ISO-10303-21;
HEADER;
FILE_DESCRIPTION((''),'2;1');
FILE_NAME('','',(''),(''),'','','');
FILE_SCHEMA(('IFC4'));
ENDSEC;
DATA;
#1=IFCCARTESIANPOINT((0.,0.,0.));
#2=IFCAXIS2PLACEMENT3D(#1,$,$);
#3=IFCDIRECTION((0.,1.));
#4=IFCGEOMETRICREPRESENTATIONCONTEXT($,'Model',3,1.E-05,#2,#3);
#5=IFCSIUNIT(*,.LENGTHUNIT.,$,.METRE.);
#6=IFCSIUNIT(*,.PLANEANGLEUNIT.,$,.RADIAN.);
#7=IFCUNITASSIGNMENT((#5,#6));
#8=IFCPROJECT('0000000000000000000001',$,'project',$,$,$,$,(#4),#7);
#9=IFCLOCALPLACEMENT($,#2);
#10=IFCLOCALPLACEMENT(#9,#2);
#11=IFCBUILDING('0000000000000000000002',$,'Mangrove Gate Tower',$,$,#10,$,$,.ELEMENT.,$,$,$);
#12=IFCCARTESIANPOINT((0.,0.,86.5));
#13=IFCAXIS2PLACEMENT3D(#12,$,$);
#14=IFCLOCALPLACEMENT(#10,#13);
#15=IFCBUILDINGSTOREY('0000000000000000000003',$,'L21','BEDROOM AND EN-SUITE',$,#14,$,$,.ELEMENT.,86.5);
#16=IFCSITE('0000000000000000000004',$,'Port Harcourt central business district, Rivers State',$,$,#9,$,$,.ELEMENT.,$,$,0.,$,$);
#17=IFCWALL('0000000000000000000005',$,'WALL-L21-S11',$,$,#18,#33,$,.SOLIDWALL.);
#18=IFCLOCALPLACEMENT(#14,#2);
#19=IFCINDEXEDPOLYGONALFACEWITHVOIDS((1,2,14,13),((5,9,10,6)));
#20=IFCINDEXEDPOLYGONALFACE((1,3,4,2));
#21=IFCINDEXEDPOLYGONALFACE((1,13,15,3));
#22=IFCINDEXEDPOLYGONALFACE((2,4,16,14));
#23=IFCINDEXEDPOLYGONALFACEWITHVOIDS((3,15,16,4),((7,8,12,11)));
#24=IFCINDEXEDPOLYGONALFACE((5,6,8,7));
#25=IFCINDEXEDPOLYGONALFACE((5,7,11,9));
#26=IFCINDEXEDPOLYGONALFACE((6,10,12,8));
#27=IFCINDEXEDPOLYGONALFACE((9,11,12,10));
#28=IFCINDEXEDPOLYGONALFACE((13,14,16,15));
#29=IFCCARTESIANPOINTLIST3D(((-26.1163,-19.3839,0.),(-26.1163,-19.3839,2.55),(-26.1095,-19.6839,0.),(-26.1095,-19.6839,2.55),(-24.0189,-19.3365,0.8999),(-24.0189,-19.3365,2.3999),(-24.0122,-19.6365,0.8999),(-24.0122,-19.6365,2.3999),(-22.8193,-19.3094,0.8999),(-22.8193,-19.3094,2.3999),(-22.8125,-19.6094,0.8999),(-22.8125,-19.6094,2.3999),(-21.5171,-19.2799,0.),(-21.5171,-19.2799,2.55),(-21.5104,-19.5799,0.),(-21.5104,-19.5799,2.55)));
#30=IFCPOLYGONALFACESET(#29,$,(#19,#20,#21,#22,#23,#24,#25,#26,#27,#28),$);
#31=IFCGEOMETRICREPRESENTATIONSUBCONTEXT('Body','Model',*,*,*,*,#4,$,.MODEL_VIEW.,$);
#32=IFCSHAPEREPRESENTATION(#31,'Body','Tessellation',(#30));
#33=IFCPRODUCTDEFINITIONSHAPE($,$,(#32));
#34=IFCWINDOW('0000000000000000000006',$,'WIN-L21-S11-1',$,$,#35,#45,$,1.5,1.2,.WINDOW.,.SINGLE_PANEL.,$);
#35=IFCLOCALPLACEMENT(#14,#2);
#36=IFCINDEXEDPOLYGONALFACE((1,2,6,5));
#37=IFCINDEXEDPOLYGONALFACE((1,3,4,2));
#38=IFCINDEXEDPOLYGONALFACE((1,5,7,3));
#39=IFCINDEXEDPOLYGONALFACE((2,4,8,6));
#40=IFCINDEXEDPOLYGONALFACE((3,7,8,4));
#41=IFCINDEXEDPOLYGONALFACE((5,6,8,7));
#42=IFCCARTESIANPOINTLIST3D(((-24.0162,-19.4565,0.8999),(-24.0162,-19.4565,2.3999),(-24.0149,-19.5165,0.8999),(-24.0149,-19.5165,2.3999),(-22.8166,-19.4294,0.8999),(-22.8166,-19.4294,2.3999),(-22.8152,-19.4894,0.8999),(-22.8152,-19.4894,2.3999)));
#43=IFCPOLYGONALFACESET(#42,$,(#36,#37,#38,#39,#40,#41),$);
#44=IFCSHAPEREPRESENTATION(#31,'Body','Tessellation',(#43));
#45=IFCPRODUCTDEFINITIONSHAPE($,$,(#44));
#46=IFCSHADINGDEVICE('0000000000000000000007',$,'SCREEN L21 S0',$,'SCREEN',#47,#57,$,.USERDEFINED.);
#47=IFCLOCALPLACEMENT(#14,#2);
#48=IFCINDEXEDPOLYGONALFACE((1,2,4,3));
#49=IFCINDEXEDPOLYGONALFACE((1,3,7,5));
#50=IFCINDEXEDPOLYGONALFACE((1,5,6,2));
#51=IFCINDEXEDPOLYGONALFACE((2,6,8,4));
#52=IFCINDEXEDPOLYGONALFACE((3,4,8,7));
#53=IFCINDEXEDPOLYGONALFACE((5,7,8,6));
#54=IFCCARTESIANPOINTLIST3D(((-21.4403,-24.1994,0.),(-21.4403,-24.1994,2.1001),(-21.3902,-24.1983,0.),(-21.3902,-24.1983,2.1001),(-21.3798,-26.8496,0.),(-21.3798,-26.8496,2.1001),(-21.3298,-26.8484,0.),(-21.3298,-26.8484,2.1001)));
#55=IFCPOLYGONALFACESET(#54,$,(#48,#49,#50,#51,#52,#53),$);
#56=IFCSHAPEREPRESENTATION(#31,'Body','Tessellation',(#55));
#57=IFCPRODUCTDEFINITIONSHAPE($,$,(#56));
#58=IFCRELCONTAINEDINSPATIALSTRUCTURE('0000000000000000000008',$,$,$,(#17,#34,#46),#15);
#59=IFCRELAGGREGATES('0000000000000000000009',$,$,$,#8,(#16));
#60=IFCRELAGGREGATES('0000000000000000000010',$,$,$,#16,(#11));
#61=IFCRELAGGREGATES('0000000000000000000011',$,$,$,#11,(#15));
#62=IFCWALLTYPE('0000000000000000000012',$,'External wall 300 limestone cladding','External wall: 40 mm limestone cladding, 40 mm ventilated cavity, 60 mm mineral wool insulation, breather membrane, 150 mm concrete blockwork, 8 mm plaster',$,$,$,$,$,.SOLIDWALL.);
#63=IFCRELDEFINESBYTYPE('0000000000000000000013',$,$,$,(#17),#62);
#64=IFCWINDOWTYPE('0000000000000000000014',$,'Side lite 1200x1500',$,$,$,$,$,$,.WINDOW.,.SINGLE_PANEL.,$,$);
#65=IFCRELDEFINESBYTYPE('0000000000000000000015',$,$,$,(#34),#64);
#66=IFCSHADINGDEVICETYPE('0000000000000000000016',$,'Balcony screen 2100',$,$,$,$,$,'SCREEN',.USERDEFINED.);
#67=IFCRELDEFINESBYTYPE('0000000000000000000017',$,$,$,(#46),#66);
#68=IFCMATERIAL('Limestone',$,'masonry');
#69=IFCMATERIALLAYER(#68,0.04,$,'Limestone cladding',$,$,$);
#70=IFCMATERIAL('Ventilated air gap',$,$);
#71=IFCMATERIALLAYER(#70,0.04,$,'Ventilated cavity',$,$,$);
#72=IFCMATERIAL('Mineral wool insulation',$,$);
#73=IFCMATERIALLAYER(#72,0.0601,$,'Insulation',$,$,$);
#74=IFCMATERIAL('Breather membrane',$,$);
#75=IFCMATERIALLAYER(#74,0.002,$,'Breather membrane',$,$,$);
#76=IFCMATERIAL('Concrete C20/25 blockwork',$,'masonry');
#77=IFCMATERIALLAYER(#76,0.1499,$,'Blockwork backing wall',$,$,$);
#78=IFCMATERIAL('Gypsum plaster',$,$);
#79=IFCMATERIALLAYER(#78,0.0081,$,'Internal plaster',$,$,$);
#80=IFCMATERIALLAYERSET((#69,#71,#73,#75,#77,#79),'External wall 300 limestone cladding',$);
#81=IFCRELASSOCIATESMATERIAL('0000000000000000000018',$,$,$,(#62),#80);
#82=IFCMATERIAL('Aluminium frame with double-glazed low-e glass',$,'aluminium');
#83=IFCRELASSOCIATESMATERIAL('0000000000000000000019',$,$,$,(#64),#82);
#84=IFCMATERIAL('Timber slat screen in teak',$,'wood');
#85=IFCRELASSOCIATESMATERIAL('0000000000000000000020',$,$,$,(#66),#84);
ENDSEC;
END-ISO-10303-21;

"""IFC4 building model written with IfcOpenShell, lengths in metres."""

from ifc_helpers import new_model, si_unit, direction, frame, frame_2d, origin, origin_2d, place, context, subcontext, project, spatial, rectangle, extrude, material, layer, layer_set, type_object, element, fill, save


model = new_model("IFC4")

# Units and contexts
model_context = context("Model", 3, precision=1e-05, world=origin(), true_north=direction((0.0, 1.0)))
body_context = subcontext(model_context, "Body", "Model", "MODEL_VIEW")
ifc_project = project(units=[si_unit("LENGTHUNIT", "METRE"), si_unit("PLANEANGLEUNIT", "RADIAN")], contexts=[model_context])

# Site, building, storey
site_placement = place(None, origin())
site = spatial("IfcSite", under=ifc_project, at=site_placement, Name="Port Harcourt central business district, Rivers State", CompositionType="ELEMENT", RefElevation=0.0)
building_placement = place(site_placement, origin())
building = spatial("IfcBuilding", under=site, at=building_placement, Name="Mangrove Gate Tower", CompositionType="ELEMENT")
storey_placement = place(building_placement, frame((0.0, 0.0, 86.5)))
storey = spatial("IfcBuildingStorey", under=building, at=storey_placement, Name="L21", Description="BEDROOM AND EN-SUITE", CompositionType="ELEMENT", Elevation=86.5)

# Wall, opening, window
ifc_material_1 = material(Name="Limestone", Category="masonry")
ifc_layer_1 = layer(ifc_material_1, 0.04, Name="Limestone cladding")
ifc_material_2 = material(Name="Ventilated air gap")
ifc_layer_2 = layer(ifc_material_2, 0.04, Name="Ventilated cavity")
ifc_material_3 = material(Name="Mineral wool insulation")
ifc_layer_3 = layer(ifc_material_3, 0.0601, Name="Insulation")
ifc_material_4 = material(Name="Breather membrane")
ifc_layer_4 = layer(ifc_material_4, 0.002, Name="Breather membrane")
ifc_material_5 = material(Name="Concrete C20/25 blockwork", Category="masonry")
ifc_layer_5 = layer(ifc_material_5, 0.1499, Name="Blockwork backing wall")
ifc_material_6 = material(Name="Gypsum plaster")
ifc_layer_6 = layer(ifc_material_6, 0.0081, Name="Internal plaster")
ifc_layer_set = layer_set([ifc_layer_1, ifc_layer_2, ifc_layer_3, ifc_layer_4, ifc_layer_5, ifc_layer_6], Name="External wall 300 limestone cladding")
wall_type = type_object("IfcWallType", Name="External wall 300 limestone cladding", Description="External wall: 40 mm limestone cladding, 40 mm ventilated cavity, 60 mm mineral wool insulation, breather membrane, 150 mm concrete blockwork, 8 mm plaster", PredefinedType="SOLIDWALL", material=ifc_layer_set)
wall_1_placement = place(storey_placement, frame((-26.113, -19.5339, 0.0), z_axis=(0.0, 0.0, 1.0), x_axis=(0.999744, 0.022608, 0.0)))
wall_1 = element("IfcWall", 1, at=wall_1_placement, inside=storey, type_object=wall_type, Name="WALL-L21-S11", PredefinedType="SOLIDWALL", context=body_context, shape_type="SweptSolid", body=[
    extrude(rectangle(XDim=4.6003, YDim=0.3, at=frame_2d((2.3003, 0.0))), origin(), (0.0, 0.0, 1.0), 2.55),
])
opening_1_placement = place(wall_1_placement, frame((2.0979, 0.0, 0.8999)))
opening_1 = element("IfcOpeningElement", 2, at=opening_1_placement, cuts=wall_1, PredefinedType="OPENING", context=body_context, shape_type="SweptSolid", body=[
    extrude(rectangle(XDim=1.2, YDim=1.5, at=frame_2d((0.6001, 0.75))), frame((0.0, 0.1599, 0.0), z_axis=(0.0, -1.0, 0.0), x_axis=(1.0, 0.0, 0.0)), (0.0, 0.0, 1.0), 0.3201),
])
ifc_material_7 = material(Name="Aluminium frame with double-glazed low-e glass", Category="aluminium")
window_type_1 = type_object("IfcWindowType", Name="Side lite 1200x1500", PartitioningType="SINGLE_PANEL", PredefinedType="WINDOW", material=ifc_material_7)
window_1_placement = place(opening_1_placement, origin())
window_1 = element("IfcWindow", 3, at=window_1_placement, inside=storey, type_object=window_type_1, Name="WIN-L21-S11-1", OverallHeight=1.5, OverallWidth=1.2, PartitioningType="SINGLE_PANEL", PredefinedType="WINDOW", context=body_context, shape_type="SweptSolid", body=[
    extrude(rectangle(XDim=1.2, YDim=1.5, at=frame_2d((0.6001, 0.75))), frame((0.0, 0.03, 0.0), z_axis=(0.0, -1.0, 0.0), x_axis=(1.0, 0.0, 0.0)), (0.0, 0.0, 1.0), 0.0601),
])
fill(opening_1, window_1)

# Shading device
ifc_material_8 = material(Name="Timber slat screen in teak", Category="wood")
shading_device_type = type_object("IfcShadingDeviceType", Name="Balcony screen 2100", ElementType="SCREEN", PredefinedType="USERDEFINED", material=ifc_material_8)
shading_device_placement = place(storey_placement, frame((-21.385, -25.5239, 0.0), z_axis=(0.0, 0.0, 1.0), x_axis=(0.022809, -0.99974, 0.0)))
element("IfcShadingDevice", 4, at=shading_device_placement, inside=storey, type_object=shading_device_type, Name="SCREEN L21 S0", ObjectType="SCREEN", PredefinedType="USERDEFINED", context=body_context, shape_type="SweptSolid", body=[
    extrude(rectangle(XDim=2.6509, YDim=0.05, at=origin_2d()), origin(), (0.0, 0.0, 1.0), 2.1001),
])

save(model, "model.ifc")
